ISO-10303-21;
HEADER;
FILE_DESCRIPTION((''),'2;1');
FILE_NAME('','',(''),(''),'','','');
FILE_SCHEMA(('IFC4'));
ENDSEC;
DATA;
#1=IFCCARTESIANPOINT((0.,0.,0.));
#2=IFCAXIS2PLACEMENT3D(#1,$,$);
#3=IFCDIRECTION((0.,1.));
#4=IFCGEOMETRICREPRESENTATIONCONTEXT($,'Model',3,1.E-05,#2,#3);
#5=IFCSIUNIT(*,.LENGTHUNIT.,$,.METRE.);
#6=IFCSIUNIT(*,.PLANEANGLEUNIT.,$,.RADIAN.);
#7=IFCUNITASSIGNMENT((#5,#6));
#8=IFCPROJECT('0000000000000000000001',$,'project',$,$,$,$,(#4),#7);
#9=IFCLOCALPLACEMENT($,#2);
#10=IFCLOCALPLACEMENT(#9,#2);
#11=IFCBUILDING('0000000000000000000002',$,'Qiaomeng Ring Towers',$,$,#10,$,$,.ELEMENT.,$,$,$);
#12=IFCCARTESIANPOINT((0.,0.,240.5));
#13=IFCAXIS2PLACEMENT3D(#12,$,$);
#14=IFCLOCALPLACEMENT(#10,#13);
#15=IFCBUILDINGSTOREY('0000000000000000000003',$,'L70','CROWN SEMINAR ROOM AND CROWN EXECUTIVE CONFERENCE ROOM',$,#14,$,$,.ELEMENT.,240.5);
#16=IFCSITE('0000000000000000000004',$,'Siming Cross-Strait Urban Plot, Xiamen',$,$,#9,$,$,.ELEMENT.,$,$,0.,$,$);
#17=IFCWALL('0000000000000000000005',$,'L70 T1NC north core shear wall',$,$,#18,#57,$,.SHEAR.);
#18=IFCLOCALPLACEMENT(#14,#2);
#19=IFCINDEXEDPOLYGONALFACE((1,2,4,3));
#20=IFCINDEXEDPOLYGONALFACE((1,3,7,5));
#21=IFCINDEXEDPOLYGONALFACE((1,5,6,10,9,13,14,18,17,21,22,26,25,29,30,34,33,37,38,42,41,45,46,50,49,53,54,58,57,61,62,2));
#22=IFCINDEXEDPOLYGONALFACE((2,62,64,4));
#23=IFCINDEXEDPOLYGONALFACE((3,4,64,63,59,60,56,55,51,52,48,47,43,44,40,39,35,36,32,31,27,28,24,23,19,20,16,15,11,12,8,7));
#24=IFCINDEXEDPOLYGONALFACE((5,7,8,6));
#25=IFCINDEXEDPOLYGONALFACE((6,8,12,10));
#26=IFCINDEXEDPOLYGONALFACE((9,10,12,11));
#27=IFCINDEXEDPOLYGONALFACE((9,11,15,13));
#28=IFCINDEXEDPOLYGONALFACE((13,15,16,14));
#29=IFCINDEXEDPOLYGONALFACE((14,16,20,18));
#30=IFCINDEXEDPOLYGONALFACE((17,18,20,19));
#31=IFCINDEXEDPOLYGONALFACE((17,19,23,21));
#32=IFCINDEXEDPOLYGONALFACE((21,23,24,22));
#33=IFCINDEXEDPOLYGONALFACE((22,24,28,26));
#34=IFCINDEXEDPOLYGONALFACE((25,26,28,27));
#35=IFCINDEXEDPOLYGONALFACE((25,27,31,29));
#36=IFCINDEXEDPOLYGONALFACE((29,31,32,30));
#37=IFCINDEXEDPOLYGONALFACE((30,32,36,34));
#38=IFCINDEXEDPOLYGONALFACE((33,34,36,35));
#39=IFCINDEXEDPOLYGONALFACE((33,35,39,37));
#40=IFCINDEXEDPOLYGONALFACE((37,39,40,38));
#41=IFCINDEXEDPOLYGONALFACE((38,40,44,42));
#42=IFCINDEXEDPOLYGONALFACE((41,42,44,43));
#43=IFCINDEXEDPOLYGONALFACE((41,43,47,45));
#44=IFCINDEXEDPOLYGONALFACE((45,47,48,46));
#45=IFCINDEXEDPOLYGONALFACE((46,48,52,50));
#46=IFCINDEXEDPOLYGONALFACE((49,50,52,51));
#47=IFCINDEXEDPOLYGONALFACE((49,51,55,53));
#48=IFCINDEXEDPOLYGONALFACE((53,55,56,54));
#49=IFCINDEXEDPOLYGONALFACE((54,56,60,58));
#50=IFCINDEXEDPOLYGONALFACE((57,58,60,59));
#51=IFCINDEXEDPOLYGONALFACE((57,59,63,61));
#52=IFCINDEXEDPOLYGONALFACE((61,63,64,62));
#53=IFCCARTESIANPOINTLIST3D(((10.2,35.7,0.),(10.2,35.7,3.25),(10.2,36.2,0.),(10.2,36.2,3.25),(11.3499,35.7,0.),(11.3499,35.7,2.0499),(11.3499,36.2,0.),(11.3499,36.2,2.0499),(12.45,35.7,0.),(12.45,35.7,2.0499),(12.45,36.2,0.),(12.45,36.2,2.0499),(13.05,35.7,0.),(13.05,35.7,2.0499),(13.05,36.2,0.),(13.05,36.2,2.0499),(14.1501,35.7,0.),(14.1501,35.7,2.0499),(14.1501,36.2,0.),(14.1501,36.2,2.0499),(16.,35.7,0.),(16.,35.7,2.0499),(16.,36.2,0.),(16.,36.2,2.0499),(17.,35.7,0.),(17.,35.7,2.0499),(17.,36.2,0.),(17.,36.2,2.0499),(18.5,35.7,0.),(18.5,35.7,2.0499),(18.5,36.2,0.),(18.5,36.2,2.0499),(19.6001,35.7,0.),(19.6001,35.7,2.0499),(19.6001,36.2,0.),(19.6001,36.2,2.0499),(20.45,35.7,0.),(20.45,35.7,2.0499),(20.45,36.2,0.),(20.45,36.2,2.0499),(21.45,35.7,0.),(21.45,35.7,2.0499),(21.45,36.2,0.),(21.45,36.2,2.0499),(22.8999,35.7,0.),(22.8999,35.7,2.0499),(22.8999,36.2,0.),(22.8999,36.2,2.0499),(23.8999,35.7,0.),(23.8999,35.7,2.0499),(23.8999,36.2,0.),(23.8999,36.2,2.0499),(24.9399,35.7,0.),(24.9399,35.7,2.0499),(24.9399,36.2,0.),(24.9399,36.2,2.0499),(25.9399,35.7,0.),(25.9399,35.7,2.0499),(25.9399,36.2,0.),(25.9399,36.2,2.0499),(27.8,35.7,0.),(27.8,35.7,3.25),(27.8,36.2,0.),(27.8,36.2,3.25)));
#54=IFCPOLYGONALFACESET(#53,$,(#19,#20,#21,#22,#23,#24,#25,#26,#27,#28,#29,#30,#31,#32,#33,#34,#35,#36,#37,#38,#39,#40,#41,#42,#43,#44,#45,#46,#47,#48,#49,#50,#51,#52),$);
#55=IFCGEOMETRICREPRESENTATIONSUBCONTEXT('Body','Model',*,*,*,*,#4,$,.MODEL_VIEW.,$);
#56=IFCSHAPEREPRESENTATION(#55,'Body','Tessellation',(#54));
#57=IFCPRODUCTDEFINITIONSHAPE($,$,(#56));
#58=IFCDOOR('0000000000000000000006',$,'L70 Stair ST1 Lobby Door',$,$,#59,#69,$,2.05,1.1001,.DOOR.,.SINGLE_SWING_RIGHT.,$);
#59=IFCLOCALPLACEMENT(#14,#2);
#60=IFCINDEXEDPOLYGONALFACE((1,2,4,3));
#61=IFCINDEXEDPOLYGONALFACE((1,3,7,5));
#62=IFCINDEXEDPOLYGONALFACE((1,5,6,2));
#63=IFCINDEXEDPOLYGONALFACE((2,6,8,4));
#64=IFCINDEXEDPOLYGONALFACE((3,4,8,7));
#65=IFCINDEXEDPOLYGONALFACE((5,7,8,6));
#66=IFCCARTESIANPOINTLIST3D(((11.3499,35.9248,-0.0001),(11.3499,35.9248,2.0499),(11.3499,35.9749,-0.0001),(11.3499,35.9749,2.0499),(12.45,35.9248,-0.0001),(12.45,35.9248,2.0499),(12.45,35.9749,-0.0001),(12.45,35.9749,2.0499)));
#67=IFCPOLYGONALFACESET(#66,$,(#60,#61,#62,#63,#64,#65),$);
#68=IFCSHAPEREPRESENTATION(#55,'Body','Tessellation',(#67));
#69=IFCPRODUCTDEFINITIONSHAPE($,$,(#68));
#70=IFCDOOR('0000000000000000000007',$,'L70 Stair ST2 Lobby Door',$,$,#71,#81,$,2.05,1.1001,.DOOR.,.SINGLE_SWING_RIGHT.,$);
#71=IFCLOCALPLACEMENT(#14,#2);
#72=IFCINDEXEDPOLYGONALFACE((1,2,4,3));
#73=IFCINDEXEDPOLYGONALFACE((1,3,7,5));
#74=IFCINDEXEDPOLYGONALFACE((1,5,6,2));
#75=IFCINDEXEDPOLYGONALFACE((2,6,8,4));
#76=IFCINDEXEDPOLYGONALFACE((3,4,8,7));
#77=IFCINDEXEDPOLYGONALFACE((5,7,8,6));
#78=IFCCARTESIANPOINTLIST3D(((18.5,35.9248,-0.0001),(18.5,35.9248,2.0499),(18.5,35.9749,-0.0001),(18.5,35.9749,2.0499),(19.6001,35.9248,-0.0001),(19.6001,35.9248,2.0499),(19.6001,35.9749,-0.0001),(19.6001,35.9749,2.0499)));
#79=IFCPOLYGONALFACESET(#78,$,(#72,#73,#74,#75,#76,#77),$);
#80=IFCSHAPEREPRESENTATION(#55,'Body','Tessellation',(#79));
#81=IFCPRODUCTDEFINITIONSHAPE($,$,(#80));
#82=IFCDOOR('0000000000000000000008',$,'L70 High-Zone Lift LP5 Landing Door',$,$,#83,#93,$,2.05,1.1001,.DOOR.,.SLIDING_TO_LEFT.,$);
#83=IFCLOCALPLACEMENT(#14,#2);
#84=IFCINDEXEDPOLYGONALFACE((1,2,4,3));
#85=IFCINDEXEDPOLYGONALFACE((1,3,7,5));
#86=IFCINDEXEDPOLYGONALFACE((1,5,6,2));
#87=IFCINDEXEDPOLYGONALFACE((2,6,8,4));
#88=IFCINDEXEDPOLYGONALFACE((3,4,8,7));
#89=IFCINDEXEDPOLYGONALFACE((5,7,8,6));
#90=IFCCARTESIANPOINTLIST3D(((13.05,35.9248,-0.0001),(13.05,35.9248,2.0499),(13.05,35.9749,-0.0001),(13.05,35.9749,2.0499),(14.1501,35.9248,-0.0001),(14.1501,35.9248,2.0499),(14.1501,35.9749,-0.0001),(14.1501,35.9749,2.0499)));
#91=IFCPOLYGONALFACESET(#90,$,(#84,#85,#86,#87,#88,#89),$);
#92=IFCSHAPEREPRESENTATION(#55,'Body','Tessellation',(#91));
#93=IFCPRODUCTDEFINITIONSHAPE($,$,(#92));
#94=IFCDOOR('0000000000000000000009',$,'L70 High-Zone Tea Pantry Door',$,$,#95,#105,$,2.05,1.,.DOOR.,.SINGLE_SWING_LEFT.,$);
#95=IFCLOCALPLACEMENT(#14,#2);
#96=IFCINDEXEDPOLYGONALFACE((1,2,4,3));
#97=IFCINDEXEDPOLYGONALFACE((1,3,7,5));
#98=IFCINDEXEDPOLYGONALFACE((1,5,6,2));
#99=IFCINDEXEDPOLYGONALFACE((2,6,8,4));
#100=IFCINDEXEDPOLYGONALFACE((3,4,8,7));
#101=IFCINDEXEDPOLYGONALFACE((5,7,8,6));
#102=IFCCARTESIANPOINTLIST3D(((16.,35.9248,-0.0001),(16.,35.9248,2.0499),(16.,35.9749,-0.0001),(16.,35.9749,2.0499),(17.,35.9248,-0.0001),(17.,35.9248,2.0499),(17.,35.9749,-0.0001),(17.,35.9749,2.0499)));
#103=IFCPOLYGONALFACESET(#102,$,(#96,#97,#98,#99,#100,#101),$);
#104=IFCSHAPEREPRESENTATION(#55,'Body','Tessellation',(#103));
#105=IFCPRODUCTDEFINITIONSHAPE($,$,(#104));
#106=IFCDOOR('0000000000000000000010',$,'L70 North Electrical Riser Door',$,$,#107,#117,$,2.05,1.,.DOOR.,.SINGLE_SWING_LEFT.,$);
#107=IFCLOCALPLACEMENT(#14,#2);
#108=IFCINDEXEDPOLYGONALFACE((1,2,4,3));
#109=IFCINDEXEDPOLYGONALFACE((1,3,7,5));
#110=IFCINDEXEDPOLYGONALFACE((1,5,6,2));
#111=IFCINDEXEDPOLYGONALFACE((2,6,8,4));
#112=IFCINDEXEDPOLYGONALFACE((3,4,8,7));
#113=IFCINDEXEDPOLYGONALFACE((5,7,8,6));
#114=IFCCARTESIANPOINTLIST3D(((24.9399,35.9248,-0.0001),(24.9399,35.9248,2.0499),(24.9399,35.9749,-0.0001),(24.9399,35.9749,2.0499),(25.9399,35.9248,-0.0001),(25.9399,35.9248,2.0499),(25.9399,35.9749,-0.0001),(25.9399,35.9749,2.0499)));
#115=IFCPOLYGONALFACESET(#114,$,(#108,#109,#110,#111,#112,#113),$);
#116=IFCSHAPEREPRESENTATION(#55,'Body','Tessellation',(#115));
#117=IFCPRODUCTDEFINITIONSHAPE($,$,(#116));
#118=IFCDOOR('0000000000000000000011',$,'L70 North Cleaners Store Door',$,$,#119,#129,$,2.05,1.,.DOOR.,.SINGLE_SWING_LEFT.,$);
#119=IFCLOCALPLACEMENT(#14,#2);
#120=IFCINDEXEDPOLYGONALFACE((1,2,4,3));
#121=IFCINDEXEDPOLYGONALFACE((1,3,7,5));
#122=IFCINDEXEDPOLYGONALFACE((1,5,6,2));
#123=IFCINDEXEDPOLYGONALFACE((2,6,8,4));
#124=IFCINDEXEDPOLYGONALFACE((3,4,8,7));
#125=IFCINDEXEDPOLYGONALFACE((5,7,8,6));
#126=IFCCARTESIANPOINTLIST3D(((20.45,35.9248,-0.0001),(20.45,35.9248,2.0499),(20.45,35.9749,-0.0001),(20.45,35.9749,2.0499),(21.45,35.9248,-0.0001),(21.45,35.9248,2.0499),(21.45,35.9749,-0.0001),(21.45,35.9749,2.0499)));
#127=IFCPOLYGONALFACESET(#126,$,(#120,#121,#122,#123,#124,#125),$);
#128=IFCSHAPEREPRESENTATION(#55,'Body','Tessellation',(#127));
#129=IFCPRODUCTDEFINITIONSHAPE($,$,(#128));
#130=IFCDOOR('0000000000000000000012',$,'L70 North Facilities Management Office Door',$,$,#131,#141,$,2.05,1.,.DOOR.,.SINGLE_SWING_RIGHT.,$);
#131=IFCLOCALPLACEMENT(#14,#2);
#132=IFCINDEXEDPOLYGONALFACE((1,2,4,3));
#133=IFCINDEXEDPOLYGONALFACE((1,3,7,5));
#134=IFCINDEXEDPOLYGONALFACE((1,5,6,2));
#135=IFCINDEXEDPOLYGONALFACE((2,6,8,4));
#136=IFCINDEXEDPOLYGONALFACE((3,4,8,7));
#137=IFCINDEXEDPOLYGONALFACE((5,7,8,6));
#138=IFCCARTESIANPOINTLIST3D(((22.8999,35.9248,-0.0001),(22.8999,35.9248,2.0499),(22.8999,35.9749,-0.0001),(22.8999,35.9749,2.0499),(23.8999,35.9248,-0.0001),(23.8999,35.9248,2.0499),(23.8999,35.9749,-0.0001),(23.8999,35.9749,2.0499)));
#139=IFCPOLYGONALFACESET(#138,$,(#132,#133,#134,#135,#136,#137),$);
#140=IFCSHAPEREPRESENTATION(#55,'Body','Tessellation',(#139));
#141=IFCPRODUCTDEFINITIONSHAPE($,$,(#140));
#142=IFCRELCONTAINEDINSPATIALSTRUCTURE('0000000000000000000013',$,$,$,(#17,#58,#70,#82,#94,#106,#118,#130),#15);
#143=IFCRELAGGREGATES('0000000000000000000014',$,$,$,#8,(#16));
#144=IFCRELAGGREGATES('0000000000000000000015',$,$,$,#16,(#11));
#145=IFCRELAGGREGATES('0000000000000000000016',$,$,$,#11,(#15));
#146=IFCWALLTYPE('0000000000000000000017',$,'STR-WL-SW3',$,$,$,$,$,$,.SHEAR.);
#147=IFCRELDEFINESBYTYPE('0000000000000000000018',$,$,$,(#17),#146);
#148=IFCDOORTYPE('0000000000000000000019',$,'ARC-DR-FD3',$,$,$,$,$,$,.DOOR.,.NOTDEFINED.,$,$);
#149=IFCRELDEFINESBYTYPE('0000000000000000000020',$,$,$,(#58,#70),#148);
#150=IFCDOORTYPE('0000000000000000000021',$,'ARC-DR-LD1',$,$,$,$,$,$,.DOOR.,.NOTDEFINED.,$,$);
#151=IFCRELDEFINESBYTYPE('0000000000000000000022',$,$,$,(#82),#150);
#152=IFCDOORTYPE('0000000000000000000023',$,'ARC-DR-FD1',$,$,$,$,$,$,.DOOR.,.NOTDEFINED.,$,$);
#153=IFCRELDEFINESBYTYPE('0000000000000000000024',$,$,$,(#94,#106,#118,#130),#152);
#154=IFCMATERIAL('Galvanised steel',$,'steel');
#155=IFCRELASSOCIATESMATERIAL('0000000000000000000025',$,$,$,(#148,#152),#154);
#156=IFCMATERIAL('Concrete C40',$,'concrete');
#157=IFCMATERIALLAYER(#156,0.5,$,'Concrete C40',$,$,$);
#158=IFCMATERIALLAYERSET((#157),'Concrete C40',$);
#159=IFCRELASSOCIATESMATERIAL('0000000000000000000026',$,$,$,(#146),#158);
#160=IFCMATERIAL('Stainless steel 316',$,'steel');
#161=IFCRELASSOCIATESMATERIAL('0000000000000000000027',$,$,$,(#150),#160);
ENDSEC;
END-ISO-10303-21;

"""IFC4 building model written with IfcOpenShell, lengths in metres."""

from ifc_helpers import new_model, si_unit, direction, frame, frame_2d, origin, place, context, subcontext, project, spatial, rectangle, extrude, source, transform, mapped, material, layer, layer_set, type_object, element, fill, save


model = new_model("IFC4")

# Units and contexts
model_context = context("Model", 3, precision=1e-05, world=origin(), true_north=direction((0.0, 1.0)))
body_context = subcontext(model_context, "Body", "Model", "MODEL_VIEW")
ifc_project = project(units=[si_unit("LENGTHUNIT", "METRE"), si_unit("PLANEANGLEUNIT", "RADIAN")], contexts=[model_context])

# Site, building, storey
site_placement = place(None, origin())
site = spatial("IfcSite", under=ifc_project, at=site_placement, Name="Siming Cross-Strait Urban Plot, Xiamen", CompositionType="ELEMENT", RefElevation=0.0)
building_placement = place(site_placement, origin())
building = spatial("IfcBuilding", under=site, at=building_placement, Name="Qiaomeng Ring Towers", CompositionType="ELEMENT")
storey_placement = place(building_placement, frame((0.0, 0.0, 240.5)))
storey = spatial("IfcBuildingStorey", under=building, at=storey_placement, Name="L70", Description="CROWN SEMINAR ROOM AND CROWN EXECUTIVE CONFERENCE ROOM", CompositionType="ELEMENT", Elevation=240.5)

# Shared definitions
ifc_material_1 = material(Name="Concrete C40", Category="concrete")

# Shared definitions
ifc_material_2 = material(Name="Galvanised steel", Category="steel")
door_type_1 = type_object("IfcDoorType", Name="ARC-DR-FD3", OperationType="NOTDEFINED", PredefinedType="DOOR", material=ifc_material_2)
shared_shape_1 = source(origin(), body_context, "Body", "SweptSolid", [
    extrude(rectangle(XDim=1.1001, YDim=2.05, at=frame_2d((0.55, 1.0249))), frame((0.0, 0.0249, 0.0), z_axis=(0.0, -1.0, 0.0), x_axis=(1.0, 0.0, 0.0)), (0.0, 0.0, 1.0), 0.05),
])

# Wall, openings, doors
ifc_layer_1 = layer(ifc_material_1, 0.5, Name="Concrete C40")
ifc_layer_set_1 = layer_set([ifc_layer_1], Name="Concrete C40")
wall_type_1 = type_object("IfcWallType", Name="STR-WL-SW3", PredefinedType="SHEAR", material=ifc_layer_set_1)
wall_1_placement = place(storey_placement, frame((10.2, 35.95, 0.0), z_axis=(0.0, 0.0, 1.0), x_axis=(1.0, 0.0, 0.0)))
wall_1 = element("IfcWall", 1, at=wall_1_placement, inside=storey, type_object=wall_type_1, Name="L70 T1NC north core shear wall", PredefinedType="SHEAR", context=body_context, shape_type="SweptSolid", body=[
    extrude(rectangle(XDim=17.6001, YDim=0.5, at=frame_2d((8.8, 0.0))), origin(), (0.0, 0.0, 1.0), 3.25),
])
opening_1_placement = place(wall_1_placement, frame((1.1499, 0.0, 0.0)))
opening_1 = element("IfcOpeningElement", 2, at=opening_1_placement, cuts=wall_1, PredefinedType="OPENING", context=body_context, shape_type="SweptSolid", body=[
    extrude(rectangle(XDim=1.1001, YDim=2.05, at=frame_2d((0.55, 1.0249))), frame((0.0, 0.26, 0.0), z_axis=(0.0, -1.0, 0.0), x_axis=(1.0, 0.0, 0.0)), (0.0, 0.0, 1.0), 0.52),
])
opening_2_placement = place(wall_1_placement, frame((8.3, 0.0, 0.0)))
opening_2 = element("IfcOpeningElement", 3, at=opening_2_placement, cuts=wall_1, PredefinedType="OPENING", context=body_context, shape_type="SweptSolid", body=[
    extrude(rectangle(XDim=1.1001, YDim=2.05, at=frame_2d((0.55, 1.0249))), frame((0.0, 0.26, 0.0), z_axis=(0.0, -1.0, 0.0), x_axis=(1.0, 0.0, 0.0)), (0.0, 0.0, 1.0), 0.52),
])
opening_3_placement = place(wall_1_placement, frame((2.8501, 0.0, 0.0)))
opening_3 = element("IfcOpeningElement", 4, at=opening_3_placement, cuts=wall_1, PredefinedType="OPENING", context=body_context, shape_type="SweptSolid", body=[
    extrude(rectangle(XDim=1.1001, YDim=2.05, at=frame_2d((0.55, 1.0249))), frame((0.0, 0.26, 0.0), z_axis=(0.0, -1.0, 0.0), x_axis=(1.0, 0.0, 0.0)), (0.0, 0.0, 1.0), 0.52),
])
opening_4_placement = place(wall_1_placement, frame((5.8, 0.0, 0.0)))
opening_4 = element("IfcOpeningElement", 5, at=opening_4_placement, cuts=wall_1, PredefinedType="OPENING", context=body_context, shape_type="SweptSolid", body=[
    extrude(rectangle(XDim=1.0, YDim=2.05, at=frame_2d((0.5, 1.0249))), frame((0.0, 0.26, 0.0), z_axis=(0.0, -1.0, 0.0), x_axis=(1.0, 0.0, 0.0)), (0.0, 0.0, 1.0), 0.52),
])
opening_5_placement = place(wall_1_placement, frame((14.74, 0.0, 0.0)))
opening_5 = element("IfcOpeningElement", 6, at=opening_5_placement, cuts=wall_1, PredefinedType="OPENING", context=body_context, shape_type="SweptSolid", body=[
    extrude(rectangle(XDim=1.0, YDim=2.05, at=frame_2d((0.5, 1.0249))), frame((0.0, 0.26, 0.0), z_axis=(0.0, -1.0, 0.0), x_axis=(1.0, 0.0, 0.0)), (0.0, 0.0, 1.0), 0.52),
])
opening_6_placement = place(wall_1_placement, frame((10.25, 0.0, 0.0)))
opening_6 = element("IfcOpeningElement", 7, at=opening_6_placement, cuts=wall_1, PredefinedType="OPENING", context=body_context, shape_type="SweptSolid", body=[
    extrude(rectangle(XDim=1.0, YDim=2.05, at=frame_2d((0.5, 1.0249))), frame((0.0, 0.26, 0.0), z_axis=(0.0, -1.0, 0.0), x_axis=(1.0, 0.0, 0.0)), (0.0, 0.0, 1.0), 0.52),
])
opening_7_placement = place(wall_1_placement, frame((12.7, 0.0, 0.0)))
opening_7 = element("IfcOpeningElement", 8, at=opening_7_placement, cuts=wall_1, PredefinedType="OPENING", context=body_context, shape_type="SweptSolid", body=[
    extrude(rectangle(XDim=1.0, YDim=2.05, at=frame_2d((0.5, 1.0249))), frame((0.0, 0.26, 0.0), z_axis=(0.0, -1.0, 0.0), x_axis=(1.0, 0.0, 0.0)), (0.0, 0.0, 1.0), 0.52),
])
door_1_placement = place(opening_1_placement, origin())
door_1 = element("IfcDoor", 9, at=door_1_placement, inside=storey, type_object=door_type_1, Name="L70 Stair ST1 Lobby Door", OperationType="SINGLE_SWING_RIGHT", OverallHeight=2.05, OverallWidth=1.1001, PredefinedType="DOOR", context=body_context, shape_type="MappedRepresentation", body=[
    mapped(shared_shape_1, transform((0.0, 0.0, 0.0), x_axis=(1.0, 0.0, 0.0), y_axis=(0.0, 1.0, 0.0), z_axis=(0.0, 0.0, 1.0), scale=1.0)),
])
fill(opening_1, door_1)
door_2_placement = place(opening_2_placement, origin())
door_2 = element("IfcDoor", 10, at=door_2_placement, inside=storey, type_object=door_type_1, Name="L70 Stair ST2 Lobby Door", OperationType="SINGLE_SWING_RIGHT", OverallHeight=2.05, OverallWidth=1.1001, PredefinedType="DOOR", context=body_context, shape_type="MappedRepresentation", body=[
    mapped(shared_shape_1, transform((0.0, 0.0, 0.0), x_axis=(1.0, 0.0, 0.0), y_axis=(0.0, 1.0, 0.0), z_axis=(0.0, 0.0, 1.0), scale=1.0)),
])
fill(opening_2, door_2)
ifc_material_3 = material(Name="Stainless steel 316", Category="steel")
door_type_2 = type_object("IfcDoorType", Name="ARC-DR-LD1", OperationType="NOTDEFINED", PredefinedType="DOOR", material=ifc_material_3)
door_3_placement = place(opening_3_placement, origin())
door_3 = element("IfcDoor", 11, at=door_3_placement, inside=storey, type_object=door_type_2, Name="L70 High-Zone Lift LP5 Landing Door", OperationType="SLIDING_TO_LEFT", OverallHeight=2.05, OverallWidth=1.1001, PredefinedType="DOOR", context=body_context, shape_type="MappedRepresentation", body=[
    mapped(shared_shape_1, transform((0.0, 0.0, 0.0), x_axis=(1.0, 0.0, 0.0), y_axis=(0.0, 1.0, 0.0), z_axis=(0.0, 0.0, 1.0), scale=1.0)),
])
fill(opening_3, door_3)
door_type_3 = type_object("IfcDoorType", Name="ARC-DR-FD1", OperationType="NOTDEFINED", PredefinedType="DOOR", material=ifc_material_2)
shared_shape_2 = source(origin(), body_context, "Body", "SweptSolid", [
    extrude(rectangle(XDim=1.0, YDim=2.05, at=frame_2d((0.5, 1.0249))), frame((0.0, 0.0249, 0.0), z_axis=(0.0, -1.0, 0.0), x_axis=(1.0, 0.0, 0.0)), (0.0, 0.0, 1.0), 0.05),
])
door_4_placement = place(opening_4_placement, origin())
door_4 = element("IfcDoor", 12, at=door_4_placement, inside=storey, type_object=door_type_3, Name="L70 High-Zone Tea Pantry Door", OperationType="SINGLE_SWING_LEFT", OverallHeight=2.05, OverallWidth=1.0, PredefinedType="DOOR", context=body_context, shape_type="MappedRepresentation", body=[
    mapped(shared_shape_2, transform((0.0, 0.0, 0.0), x_axis=(1.0, 0.0, 0.0), y_axis=(0.0, 1.0, 0.0), z_axis=(0.0, 0.0, 1.0), scale=1.0)),
])
fill(opening_4, door_4)
door_5_placement = place(opening_5_placement, origin())
door_5 = element("IfcDoor", 13, at=door_5_placement, inside=storey, type_object=door_type_3, Name="L70 North Electrical Riser Door", OperationType="SINGLE_SWING_LEFT", OverallHeight=2.05, OverallWidth=1.0, PredefinedType="DOOR", context=body_context, shape_type="MappedRepresentation", body=[
    mapped(shared_shape_2, transform((0.0, 0.0, 0.0), x_axis=(1.0, 0.0, 0.0), y_axis=(0.0, 1.0, 0.0), z_axis=(0.0, 0.0, 1.0), scale=1.0)),
])
fill(opening_5, door_5)
door_6_placement = place(opening_6_placement, origin())
door_6 = element("IfcDoor", 14, at=door_6_placement, inside=storey, type_object=door_type_3, Name="L70 North Cleaners Store Door", OperationType="SINGLE_SWING_LEFT", OverallHeight=2.05, OverallWidth=1.0, PredefinedType="DOOR", context=body_context, shape_type="MappedRepresentation", body=[
    mapped(shared_shape_2, transform((0.0, 0.0, 0.0), x_axis=(1.0, 0.0, 0.0), y_axis=(0.0, 1.0, 0.0), z_axis=(0.0, 0.0, 1.0), scale=1.0)),
])
fill(opening_6, door_6)
door_7_placement = place(opening_7_placement, origin())
door_7 = element("IfcDoor", 15, at=door_7_placement, inside=storey, type_object=door_type_3, Name="L70 North Facilities Management Office Door", OperationType="SINGLE_SWING_RIGHT", OverallHeight=2.05, OverallWidth=1.0, PredefinedType="DOOR", context=body_context, shape_type="MappedRepresentation", body=[
    mapped(shared_shape_2, transform((0.0, 0.0, 0.0), x_axis=(1.0, 0.0, 0.0), y_axis=(0.0, 1.0, 0.0), z_axis=(0.0, 0.0, 1.0), scale=1.0)),
])
fill(opening_7, door_7)

save(model, "model.ifc")
